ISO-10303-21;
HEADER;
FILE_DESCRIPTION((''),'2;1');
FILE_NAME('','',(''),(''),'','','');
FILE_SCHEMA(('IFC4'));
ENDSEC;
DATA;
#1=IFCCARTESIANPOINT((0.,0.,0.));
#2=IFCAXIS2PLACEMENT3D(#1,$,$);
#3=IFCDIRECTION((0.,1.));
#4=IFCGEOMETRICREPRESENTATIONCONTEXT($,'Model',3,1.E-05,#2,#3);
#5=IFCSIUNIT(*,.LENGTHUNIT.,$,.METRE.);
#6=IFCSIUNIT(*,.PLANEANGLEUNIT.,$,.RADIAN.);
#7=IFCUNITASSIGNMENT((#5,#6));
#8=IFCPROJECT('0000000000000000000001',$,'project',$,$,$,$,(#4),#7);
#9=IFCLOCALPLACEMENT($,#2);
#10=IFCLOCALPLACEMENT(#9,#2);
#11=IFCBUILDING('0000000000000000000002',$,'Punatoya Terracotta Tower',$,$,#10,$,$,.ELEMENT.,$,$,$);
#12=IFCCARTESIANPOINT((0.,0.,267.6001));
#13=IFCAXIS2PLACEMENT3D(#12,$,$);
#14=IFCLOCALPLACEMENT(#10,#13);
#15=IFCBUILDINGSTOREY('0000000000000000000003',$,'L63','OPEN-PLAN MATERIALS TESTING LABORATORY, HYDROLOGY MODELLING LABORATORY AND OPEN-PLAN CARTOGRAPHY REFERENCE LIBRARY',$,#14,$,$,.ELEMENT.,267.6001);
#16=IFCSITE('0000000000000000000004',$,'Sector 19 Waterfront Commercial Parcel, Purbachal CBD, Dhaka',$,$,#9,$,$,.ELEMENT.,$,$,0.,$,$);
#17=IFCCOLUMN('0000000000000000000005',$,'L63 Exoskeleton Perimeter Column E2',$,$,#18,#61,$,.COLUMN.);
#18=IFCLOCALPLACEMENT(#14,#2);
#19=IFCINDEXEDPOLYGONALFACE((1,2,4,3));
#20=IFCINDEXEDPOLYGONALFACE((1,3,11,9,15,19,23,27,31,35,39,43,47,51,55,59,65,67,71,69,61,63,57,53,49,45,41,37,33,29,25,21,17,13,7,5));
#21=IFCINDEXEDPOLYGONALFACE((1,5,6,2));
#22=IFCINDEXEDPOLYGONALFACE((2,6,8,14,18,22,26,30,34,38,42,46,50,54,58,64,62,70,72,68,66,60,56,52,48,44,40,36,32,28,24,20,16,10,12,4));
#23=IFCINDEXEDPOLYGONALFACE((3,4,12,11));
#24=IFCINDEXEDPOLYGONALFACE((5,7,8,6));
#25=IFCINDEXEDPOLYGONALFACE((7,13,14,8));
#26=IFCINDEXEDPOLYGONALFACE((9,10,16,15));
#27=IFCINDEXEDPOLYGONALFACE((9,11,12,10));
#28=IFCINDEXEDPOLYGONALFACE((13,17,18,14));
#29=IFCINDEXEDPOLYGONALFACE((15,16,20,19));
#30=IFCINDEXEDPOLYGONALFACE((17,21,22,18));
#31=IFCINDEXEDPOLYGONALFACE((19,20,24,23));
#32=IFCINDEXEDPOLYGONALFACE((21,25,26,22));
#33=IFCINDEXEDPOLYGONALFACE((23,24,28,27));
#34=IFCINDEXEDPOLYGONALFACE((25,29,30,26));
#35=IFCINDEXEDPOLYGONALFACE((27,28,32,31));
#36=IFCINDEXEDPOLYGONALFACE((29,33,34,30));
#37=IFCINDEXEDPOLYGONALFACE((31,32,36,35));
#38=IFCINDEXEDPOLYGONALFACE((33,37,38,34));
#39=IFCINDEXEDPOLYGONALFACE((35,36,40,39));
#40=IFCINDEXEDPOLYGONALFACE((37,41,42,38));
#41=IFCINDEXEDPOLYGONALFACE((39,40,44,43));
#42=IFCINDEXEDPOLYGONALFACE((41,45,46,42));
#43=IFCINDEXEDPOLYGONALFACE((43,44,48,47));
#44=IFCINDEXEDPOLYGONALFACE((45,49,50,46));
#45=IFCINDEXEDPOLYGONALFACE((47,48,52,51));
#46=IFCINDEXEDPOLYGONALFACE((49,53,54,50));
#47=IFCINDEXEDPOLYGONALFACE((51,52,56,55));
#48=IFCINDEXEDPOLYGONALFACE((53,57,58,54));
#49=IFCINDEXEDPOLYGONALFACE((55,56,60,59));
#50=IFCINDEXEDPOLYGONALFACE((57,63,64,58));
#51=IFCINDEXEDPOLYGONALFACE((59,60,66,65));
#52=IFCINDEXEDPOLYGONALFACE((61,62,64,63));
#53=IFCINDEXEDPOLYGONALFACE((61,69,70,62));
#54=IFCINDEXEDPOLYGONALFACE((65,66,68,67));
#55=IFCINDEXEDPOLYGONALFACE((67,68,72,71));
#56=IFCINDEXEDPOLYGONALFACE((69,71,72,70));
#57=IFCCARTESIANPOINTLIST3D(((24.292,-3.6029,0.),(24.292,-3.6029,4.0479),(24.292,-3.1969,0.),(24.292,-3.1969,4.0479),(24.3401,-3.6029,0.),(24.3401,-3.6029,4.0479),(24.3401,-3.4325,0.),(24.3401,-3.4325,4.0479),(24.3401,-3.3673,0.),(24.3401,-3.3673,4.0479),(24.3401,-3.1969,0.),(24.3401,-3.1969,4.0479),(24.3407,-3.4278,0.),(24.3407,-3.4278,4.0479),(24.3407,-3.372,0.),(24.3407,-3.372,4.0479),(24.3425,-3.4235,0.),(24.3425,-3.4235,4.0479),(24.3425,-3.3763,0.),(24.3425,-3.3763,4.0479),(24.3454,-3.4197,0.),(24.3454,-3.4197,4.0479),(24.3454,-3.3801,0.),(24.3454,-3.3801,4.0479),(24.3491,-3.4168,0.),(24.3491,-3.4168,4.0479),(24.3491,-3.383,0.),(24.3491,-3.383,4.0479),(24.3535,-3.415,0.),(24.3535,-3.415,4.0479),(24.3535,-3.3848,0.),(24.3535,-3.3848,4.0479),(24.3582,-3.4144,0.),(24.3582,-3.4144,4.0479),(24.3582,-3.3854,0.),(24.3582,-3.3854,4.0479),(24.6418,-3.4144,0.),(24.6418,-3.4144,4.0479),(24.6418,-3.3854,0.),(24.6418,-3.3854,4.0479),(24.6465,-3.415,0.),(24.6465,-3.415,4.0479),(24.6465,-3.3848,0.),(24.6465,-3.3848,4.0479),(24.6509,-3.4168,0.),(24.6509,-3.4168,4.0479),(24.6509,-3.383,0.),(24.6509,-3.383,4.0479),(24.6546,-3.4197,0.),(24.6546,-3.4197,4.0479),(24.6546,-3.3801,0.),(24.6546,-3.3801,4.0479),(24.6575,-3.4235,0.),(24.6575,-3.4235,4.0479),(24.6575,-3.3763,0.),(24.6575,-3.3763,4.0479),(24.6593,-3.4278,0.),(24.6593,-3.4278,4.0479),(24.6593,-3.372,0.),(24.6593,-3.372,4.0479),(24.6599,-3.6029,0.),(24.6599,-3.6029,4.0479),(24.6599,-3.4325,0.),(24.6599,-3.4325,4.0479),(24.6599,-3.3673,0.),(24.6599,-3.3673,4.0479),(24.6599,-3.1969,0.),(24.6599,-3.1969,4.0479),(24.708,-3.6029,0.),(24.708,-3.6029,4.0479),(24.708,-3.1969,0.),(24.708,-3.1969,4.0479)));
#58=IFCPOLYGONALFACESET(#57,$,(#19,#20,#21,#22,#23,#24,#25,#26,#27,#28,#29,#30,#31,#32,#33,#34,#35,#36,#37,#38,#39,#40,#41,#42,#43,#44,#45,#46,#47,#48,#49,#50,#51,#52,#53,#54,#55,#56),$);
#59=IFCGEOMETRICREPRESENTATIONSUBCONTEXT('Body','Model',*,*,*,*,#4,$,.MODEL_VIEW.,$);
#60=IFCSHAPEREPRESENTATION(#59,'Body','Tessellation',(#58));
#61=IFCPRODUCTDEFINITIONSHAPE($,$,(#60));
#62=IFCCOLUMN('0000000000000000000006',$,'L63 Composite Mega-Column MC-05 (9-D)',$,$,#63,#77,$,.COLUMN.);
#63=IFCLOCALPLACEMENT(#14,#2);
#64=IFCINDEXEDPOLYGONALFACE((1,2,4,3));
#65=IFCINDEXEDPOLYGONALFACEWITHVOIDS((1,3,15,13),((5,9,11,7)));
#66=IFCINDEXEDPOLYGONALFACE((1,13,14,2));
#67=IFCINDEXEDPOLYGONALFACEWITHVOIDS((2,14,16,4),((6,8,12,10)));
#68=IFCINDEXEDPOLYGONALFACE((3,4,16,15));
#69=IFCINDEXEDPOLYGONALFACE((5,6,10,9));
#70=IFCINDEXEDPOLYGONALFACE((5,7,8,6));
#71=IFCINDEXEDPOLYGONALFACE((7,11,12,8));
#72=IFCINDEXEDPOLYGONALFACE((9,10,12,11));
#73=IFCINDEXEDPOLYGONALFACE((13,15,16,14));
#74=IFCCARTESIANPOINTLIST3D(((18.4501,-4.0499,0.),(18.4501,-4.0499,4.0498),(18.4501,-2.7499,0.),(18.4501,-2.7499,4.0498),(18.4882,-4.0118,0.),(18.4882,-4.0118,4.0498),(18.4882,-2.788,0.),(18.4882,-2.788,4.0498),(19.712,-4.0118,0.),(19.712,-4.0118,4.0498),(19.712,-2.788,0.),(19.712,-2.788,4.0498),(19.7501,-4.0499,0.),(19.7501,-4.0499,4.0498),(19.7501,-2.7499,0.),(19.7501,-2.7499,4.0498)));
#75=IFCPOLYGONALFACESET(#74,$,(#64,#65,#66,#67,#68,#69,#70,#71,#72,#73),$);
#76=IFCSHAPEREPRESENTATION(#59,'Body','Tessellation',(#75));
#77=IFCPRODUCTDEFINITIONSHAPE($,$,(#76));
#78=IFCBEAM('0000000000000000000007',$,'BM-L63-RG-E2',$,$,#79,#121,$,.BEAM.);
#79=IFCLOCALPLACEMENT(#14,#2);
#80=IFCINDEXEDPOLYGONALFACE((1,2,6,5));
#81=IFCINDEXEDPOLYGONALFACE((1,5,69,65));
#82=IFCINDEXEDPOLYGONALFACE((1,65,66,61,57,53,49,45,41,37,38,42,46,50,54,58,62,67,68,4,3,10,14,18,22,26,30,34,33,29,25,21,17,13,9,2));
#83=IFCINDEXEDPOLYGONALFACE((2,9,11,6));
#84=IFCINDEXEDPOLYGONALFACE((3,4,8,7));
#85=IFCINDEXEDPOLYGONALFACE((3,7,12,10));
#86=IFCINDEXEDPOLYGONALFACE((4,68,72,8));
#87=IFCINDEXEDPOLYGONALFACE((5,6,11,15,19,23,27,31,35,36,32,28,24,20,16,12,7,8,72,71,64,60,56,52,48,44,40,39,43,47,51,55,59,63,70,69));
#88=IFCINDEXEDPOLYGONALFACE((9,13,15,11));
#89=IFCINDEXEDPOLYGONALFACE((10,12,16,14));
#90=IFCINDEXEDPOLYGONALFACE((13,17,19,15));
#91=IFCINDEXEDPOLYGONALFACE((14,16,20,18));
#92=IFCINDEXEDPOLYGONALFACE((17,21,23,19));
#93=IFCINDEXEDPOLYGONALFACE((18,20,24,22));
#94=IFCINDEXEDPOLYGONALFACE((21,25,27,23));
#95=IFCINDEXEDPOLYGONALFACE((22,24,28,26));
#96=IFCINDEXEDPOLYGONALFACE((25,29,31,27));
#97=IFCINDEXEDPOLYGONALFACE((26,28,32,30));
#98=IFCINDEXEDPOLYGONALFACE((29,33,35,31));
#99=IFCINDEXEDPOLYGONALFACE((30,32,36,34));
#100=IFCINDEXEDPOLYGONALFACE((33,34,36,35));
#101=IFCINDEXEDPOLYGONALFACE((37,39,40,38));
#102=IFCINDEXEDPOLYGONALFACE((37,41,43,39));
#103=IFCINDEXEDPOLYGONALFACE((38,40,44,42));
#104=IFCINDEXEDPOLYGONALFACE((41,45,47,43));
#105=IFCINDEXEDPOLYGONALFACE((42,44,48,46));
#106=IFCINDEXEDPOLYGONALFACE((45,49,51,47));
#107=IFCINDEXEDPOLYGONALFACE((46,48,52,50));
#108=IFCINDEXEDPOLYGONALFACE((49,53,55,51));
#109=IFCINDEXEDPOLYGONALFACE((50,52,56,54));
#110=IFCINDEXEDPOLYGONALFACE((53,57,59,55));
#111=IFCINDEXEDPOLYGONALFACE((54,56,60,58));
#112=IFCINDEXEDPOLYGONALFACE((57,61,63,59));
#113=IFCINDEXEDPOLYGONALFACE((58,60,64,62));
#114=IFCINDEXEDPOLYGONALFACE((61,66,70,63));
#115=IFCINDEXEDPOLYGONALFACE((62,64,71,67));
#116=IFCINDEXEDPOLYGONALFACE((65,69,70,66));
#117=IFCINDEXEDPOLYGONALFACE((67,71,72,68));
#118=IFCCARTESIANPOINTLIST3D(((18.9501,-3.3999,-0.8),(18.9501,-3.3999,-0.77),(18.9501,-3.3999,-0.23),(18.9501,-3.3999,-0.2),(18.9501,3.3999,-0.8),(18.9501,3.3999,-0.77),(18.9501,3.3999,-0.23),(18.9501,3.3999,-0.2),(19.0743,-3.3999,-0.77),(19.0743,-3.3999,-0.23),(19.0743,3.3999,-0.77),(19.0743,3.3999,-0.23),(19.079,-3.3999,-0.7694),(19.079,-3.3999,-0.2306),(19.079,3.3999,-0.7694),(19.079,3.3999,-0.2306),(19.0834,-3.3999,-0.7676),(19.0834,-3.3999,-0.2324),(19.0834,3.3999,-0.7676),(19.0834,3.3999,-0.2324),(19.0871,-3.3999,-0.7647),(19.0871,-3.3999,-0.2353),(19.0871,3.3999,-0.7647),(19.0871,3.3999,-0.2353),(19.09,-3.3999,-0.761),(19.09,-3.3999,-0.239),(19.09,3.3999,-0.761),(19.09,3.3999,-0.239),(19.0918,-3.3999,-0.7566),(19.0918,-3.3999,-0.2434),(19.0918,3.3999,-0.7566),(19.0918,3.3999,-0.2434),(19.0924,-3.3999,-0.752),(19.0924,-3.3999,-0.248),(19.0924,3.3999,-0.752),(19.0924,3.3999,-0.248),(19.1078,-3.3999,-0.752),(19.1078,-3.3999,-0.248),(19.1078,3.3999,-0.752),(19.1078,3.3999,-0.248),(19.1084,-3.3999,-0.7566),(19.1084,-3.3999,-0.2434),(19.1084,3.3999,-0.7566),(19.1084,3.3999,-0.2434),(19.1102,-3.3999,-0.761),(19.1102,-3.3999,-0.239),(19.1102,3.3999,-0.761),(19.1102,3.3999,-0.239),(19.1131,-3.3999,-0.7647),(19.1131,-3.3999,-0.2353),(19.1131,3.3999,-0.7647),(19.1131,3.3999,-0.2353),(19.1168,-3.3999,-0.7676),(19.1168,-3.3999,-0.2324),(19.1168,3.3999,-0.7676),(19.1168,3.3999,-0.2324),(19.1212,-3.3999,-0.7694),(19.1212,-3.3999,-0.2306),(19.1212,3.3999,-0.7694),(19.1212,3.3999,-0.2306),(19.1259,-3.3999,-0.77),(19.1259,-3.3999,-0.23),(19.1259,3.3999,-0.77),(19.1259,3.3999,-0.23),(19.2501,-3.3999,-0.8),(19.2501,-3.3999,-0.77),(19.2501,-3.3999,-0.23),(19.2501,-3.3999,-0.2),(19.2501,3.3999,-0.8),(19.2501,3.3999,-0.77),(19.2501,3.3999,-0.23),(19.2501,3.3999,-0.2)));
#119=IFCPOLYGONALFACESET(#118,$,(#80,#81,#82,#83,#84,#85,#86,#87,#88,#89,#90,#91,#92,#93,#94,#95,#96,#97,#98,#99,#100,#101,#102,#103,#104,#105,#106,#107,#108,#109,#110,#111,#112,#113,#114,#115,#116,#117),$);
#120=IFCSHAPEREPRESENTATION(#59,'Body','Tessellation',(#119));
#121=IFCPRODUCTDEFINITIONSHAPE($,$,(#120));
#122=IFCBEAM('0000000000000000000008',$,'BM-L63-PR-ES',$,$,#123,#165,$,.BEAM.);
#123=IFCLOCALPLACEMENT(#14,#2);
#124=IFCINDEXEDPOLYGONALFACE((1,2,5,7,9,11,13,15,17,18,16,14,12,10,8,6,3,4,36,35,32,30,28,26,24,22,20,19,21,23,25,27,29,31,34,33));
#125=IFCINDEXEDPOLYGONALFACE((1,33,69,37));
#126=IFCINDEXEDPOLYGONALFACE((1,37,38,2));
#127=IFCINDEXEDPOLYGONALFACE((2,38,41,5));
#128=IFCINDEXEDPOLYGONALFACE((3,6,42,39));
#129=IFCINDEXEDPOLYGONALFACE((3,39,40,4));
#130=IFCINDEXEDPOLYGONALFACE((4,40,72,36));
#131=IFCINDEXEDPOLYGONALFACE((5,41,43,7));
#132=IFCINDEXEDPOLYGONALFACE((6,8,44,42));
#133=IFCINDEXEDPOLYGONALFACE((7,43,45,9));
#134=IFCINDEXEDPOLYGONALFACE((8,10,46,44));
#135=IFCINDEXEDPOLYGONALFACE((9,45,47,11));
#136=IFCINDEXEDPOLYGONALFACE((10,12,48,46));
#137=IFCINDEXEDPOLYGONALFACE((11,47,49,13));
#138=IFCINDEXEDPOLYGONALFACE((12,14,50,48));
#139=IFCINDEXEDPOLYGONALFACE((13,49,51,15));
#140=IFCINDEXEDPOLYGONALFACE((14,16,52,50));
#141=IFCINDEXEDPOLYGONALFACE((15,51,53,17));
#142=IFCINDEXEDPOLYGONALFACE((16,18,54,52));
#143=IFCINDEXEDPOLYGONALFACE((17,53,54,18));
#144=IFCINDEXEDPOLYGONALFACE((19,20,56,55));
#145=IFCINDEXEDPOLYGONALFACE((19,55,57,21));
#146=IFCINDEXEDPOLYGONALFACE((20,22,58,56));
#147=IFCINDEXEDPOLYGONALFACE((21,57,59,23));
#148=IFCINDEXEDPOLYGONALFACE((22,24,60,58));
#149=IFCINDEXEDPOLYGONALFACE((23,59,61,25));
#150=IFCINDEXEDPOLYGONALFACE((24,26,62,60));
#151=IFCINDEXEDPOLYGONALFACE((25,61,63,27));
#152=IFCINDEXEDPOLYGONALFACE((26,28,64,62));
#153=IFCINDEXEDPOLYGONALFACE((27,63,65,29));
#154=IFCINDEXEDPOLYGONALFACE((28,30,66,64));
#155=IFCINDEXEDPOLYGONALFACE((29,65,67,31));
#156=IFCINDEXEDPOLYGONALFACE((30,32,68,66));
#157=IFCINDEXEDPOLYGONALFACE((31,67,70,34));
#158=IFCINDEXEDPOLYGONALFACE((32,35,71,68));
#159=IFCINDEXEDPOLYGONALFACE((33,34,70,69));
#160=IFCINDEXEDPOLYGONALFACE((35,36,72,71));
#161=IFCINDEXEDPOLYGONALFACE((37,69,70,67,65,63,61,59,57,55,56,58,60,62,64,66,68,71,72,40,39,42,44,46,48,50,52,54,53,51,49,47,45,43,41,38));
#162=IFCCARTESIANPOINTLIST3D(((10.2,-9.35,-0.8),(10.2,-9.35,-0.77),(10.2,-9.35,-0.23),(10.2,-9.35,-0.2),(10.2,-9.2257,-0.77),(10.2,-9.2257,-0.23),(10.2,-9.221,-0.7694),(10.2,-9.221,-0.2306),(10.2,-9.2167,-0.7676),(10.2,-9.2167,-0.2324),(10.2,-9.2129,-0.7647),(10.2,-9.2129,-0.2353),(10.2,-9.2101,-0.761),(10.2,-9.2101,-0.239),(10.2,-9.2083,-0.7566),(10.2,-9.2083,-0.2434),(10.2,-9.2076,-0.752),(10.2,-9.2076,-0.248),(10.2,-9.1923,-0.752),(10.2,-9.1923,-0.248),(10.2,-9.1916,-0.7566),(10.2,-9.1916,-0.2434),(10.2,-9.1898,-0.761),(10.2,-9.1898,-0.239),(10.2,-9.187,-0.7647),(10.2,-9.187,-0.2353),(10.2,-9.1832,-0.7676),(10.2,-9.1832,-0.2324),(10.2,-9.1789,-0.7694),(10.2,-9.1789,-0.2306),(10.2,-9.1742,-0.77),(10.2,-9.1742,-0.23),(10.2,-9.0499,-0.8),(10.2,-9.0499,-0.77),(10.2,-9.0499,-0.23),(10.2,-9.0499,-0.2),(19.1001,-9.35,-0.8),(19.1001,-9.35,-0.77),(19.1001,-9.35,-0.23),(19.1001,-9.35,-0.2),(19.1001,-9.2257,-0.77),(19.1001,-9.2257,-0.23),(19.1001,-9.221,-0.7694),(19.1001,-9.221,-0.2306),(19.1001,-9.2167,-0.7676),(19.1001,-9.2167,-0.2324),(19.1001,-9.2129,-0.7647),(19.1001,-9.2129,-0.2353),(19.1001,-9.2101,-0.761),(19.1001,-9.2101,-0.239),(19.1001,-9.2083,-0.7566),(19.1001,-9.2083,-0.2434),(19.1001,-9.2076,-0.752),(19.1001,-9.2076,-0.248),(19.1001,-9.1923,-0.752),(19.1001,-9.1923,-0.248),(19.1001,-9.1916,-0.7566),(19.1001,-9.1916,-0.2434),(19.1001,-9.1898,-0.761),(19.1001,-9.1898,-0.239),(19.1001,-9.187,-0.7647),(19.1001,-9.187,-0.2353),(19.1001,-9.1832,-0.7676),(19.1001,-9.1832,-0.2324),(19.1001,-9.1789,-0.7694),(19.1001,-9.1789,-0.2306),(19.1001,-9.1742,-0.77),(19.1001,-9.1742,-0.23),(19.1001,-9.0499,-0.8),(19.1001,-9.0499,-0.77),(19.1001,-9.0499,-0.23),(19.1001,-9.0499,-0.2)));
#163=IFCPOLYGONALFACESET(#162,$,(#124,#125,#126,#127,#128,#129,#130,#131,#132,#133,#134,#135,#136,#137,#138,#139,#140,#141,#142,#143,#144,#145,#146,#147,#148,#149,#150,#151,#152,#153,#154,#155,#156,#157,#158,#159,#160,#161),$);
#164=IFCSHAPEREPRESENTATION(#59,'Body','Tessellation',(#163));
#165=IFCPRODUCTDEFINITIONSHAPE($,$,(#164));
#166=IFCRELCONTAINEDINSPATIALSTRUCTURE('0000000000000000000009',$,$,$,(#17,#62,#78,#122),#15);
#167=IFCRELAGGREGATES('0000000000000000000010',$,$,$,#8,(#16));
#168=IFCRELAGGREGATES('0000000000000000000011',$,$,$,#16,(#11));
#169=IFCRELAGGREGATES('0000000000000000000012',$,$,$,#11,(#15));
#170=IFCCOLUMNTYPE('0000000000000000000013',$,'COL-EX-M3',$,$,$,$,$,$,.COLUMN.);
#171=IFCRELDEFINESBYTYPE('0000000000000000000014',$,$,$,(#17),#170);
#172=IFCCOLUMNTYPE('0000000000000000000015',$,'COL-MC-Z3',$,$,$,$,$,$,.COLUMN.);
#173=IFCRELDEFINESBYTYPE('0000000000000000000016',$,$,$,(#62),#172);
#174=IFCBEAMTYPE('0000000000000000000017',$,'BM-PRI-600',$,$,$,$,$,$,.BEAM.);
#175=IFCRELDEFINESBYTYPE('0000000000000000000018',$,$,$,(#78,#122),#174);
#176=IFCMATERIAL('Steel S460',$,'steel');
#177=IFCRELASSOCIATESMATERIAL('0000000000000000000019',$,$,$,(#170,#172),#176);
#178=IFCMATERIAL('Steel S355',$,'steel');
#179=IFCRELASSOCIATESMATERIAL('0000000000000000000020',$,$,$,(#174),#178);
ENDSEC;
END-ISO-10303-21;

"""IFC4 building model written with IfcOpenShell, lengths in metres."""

from ifc_helpers import new_model, si_unit, direction, frame, origin, origin_2d, place, context, subcontext, project, spatial, hollow_rectangle, i_section, extrude, material, material_profile, profile_set, type_object, element, save


model = new_model("IFC4")

# Units and contexts
model_context = context("Model", 3, precision=1e-05, world=origin(), true_north=direction((0.0, 1.0)))
body_context = subcontext(model_context, "Body", "Model", "MODEL_VIEW")
ifc_project = project(units=[si_unit("LENGTHUNIT", "METRE"), si_unit("PLANEANGLEUNIT", "RADIAN")], contexts=[model_context])

# Site, building, storey
site_placement = place(None, origin())
site = spatial("IfcSite", under=ifc_project, at=site_placement, Name="Sector 19 Waterfront Commercial Parcel, Purbachal CBD, Dhaka", CompositionType="ELEMENT", RefElevation=0.0)
building_placement = place(site_placement, origin())
building = spatial("IfcBuilding", under=site, at=building_placement, Name="Punatoya Terracotta Tower", CompositionType="ELEMENT")
storey_placement = place(building_placement, frame((0.0, 0.0, 267.6001)))
storey = spatial("IfcBuildingStorey", under=building, at=storey_placement, Name="L63", Description="OPEN-PLAN MATERIALS TESTING LABORATORY, HYDROLOGY MODELLING LABORATORY AND OPEN-PLAN CARTOGRAPHY REFERENCE LIBRARY", CompositionType="ELEMENT", Elevation=267.6001)

# Columns
ifc_material_1 = material(Name="Steel S460", Category="steel")
ifc_material_profile_1 = material_profile(ifc_material_1, i_section(OverallWidth=0.406, OverallDepth=0.416, WebThickness=0.0291, FlangeThickness=0.0481, FilletRadius=0.0181, at=origin_2d()))
ifc_profile_set_1 = profile_set([ifc_material_profile_1], Name="Steel S460")
column_type_1 = type_object("IfcColumnType", Name="COL-EX-M3", PredefinedType="COLUMN", material=ifc_profile_set_1)
column_1_placement = place(storey_placement, frame((24.5, -3.3999, 0.0), z_axis=(0.0, 0.0, 1.0), x_axis=(0.0, 1.0, 0.0)))
element("IfcColumn", 1, at=column_1_placement, inside=storey, type_object=column_type_1, Name="L63 Exoskeleton Perimeter Column E2", PredefinedType="COLUMN", context=body_context, shape_type="SweptSolid", body=[
    extrude(i_section(OverallWidth=0.406, OverallDepth=0.416, WebThickness=0.0291, FlangeThickness=0.0481, FilletRadius=0.0181, at=origin_2d()), origin(), (0.0, 0.0, 1.0), 4.0479),
])
ifc_material_profile_2 = material_profile(ifc_material_1, hollow_rectangle(XDim=1.3, YDim=1.3, WallThickness=0.0381, at=origin_2d()))
ifc_profile_set_2 = profile_set([ifc_material_profile_2], Name="Steel S460")
column_type_2 = type_object("IfcColumnType", Name="COL-MC-Z3", PredefinedType="COLUMN", material=ifc_profile_set_2)
column_2_placement = place(storey_placement, frame((19.1001, -3.3999, 0.0), z_axis=(0.0, 0.0, 1.0), x_axis=(1.0, 0.0, 0.0)))
element("IfcColumn", 2, at=column_2_placement, inside=storey, type_object=column_type_2, Name="L63 Composite Mega-Column MC-05 (9-D)", PredefinedType="COLUMN", context=body_context, shape_type="SweptSolid", body=[
    extrude(hollow_rectangle(XDim=1.3, YDim=1.3, WallThickness=0.0381, at=origin_2d()), origin(), (0.0, 0.0, 1.0), 4.0498),
])

# Beams
ifc_material_2 = material(Name="Steel S355", Category="steel")
ifc_material_profile_3 = material_profile(ifc_material_2, i_section(OverallWidth=0.3, OverallDepth=0.6001, WebThickness=0.0154, FlangeThickness=0.03, FilletRadius=0.0181, at=origin_2d()))
ifc_profile_set_3 = profile_set([ifc_material_profile_3], Name="Steel S355")
beam_type_1 = type_object("IfcBeamType", Name="BM-PRI-600", PredefinedType="BEAM", material=ifc_profile_set_3)
beam_1_placement = place(storey_placement, frame((19.1001, -3.3999, -0.5), z_axis=(0.0, 1.0, 0.0), x_axis=(-1.0, 0.0, 0.0)))
element("IfcBeam", 3, at=beam_1_placement, inside=storey, type_object=beam_type_1, Name="BM-L63-RG-E2", PredefinedType="BEAM", context=body_context, shape_type="SweptSolid", body=[
    extrude(i_section(OverallWidth=0.3, OverallDepth=0.6001, WebThickness=0.0154, FlangeThickness=0.03, FilletRadius=0.0181, at=origin_2d()), origin(), (0.0, 0.0, 1.0), 6.7998),
])
for number, where, z_axis, x_axis, name in (
    (4, (10.2, -9.2, -0.5), (1.0, 0.0, 0.0), (0.0, 1.0, 0.0), "BM-L63-PR-ES"),
):
    element("IfcBeam", number, at=place(storey_placement, frame(where, z_axis=z_axis, x_axis=x_axis)), inside=storey, type_object=beam_type_1, Name=name, PredefinedType="BEAM", context=body_context, shape_type="SweptSolid", body=[
        extrude(i_section(OverallWidth=0.3, OverallDepth=0.6001, WebThickness=0.0154, FlangeThickness=0.03, FilletRadius=0.0181, at=origin_2d()), origin(), (0.0, 0.0, 1.0), 8.9001),
    ])

save(model, "model.ifc")
